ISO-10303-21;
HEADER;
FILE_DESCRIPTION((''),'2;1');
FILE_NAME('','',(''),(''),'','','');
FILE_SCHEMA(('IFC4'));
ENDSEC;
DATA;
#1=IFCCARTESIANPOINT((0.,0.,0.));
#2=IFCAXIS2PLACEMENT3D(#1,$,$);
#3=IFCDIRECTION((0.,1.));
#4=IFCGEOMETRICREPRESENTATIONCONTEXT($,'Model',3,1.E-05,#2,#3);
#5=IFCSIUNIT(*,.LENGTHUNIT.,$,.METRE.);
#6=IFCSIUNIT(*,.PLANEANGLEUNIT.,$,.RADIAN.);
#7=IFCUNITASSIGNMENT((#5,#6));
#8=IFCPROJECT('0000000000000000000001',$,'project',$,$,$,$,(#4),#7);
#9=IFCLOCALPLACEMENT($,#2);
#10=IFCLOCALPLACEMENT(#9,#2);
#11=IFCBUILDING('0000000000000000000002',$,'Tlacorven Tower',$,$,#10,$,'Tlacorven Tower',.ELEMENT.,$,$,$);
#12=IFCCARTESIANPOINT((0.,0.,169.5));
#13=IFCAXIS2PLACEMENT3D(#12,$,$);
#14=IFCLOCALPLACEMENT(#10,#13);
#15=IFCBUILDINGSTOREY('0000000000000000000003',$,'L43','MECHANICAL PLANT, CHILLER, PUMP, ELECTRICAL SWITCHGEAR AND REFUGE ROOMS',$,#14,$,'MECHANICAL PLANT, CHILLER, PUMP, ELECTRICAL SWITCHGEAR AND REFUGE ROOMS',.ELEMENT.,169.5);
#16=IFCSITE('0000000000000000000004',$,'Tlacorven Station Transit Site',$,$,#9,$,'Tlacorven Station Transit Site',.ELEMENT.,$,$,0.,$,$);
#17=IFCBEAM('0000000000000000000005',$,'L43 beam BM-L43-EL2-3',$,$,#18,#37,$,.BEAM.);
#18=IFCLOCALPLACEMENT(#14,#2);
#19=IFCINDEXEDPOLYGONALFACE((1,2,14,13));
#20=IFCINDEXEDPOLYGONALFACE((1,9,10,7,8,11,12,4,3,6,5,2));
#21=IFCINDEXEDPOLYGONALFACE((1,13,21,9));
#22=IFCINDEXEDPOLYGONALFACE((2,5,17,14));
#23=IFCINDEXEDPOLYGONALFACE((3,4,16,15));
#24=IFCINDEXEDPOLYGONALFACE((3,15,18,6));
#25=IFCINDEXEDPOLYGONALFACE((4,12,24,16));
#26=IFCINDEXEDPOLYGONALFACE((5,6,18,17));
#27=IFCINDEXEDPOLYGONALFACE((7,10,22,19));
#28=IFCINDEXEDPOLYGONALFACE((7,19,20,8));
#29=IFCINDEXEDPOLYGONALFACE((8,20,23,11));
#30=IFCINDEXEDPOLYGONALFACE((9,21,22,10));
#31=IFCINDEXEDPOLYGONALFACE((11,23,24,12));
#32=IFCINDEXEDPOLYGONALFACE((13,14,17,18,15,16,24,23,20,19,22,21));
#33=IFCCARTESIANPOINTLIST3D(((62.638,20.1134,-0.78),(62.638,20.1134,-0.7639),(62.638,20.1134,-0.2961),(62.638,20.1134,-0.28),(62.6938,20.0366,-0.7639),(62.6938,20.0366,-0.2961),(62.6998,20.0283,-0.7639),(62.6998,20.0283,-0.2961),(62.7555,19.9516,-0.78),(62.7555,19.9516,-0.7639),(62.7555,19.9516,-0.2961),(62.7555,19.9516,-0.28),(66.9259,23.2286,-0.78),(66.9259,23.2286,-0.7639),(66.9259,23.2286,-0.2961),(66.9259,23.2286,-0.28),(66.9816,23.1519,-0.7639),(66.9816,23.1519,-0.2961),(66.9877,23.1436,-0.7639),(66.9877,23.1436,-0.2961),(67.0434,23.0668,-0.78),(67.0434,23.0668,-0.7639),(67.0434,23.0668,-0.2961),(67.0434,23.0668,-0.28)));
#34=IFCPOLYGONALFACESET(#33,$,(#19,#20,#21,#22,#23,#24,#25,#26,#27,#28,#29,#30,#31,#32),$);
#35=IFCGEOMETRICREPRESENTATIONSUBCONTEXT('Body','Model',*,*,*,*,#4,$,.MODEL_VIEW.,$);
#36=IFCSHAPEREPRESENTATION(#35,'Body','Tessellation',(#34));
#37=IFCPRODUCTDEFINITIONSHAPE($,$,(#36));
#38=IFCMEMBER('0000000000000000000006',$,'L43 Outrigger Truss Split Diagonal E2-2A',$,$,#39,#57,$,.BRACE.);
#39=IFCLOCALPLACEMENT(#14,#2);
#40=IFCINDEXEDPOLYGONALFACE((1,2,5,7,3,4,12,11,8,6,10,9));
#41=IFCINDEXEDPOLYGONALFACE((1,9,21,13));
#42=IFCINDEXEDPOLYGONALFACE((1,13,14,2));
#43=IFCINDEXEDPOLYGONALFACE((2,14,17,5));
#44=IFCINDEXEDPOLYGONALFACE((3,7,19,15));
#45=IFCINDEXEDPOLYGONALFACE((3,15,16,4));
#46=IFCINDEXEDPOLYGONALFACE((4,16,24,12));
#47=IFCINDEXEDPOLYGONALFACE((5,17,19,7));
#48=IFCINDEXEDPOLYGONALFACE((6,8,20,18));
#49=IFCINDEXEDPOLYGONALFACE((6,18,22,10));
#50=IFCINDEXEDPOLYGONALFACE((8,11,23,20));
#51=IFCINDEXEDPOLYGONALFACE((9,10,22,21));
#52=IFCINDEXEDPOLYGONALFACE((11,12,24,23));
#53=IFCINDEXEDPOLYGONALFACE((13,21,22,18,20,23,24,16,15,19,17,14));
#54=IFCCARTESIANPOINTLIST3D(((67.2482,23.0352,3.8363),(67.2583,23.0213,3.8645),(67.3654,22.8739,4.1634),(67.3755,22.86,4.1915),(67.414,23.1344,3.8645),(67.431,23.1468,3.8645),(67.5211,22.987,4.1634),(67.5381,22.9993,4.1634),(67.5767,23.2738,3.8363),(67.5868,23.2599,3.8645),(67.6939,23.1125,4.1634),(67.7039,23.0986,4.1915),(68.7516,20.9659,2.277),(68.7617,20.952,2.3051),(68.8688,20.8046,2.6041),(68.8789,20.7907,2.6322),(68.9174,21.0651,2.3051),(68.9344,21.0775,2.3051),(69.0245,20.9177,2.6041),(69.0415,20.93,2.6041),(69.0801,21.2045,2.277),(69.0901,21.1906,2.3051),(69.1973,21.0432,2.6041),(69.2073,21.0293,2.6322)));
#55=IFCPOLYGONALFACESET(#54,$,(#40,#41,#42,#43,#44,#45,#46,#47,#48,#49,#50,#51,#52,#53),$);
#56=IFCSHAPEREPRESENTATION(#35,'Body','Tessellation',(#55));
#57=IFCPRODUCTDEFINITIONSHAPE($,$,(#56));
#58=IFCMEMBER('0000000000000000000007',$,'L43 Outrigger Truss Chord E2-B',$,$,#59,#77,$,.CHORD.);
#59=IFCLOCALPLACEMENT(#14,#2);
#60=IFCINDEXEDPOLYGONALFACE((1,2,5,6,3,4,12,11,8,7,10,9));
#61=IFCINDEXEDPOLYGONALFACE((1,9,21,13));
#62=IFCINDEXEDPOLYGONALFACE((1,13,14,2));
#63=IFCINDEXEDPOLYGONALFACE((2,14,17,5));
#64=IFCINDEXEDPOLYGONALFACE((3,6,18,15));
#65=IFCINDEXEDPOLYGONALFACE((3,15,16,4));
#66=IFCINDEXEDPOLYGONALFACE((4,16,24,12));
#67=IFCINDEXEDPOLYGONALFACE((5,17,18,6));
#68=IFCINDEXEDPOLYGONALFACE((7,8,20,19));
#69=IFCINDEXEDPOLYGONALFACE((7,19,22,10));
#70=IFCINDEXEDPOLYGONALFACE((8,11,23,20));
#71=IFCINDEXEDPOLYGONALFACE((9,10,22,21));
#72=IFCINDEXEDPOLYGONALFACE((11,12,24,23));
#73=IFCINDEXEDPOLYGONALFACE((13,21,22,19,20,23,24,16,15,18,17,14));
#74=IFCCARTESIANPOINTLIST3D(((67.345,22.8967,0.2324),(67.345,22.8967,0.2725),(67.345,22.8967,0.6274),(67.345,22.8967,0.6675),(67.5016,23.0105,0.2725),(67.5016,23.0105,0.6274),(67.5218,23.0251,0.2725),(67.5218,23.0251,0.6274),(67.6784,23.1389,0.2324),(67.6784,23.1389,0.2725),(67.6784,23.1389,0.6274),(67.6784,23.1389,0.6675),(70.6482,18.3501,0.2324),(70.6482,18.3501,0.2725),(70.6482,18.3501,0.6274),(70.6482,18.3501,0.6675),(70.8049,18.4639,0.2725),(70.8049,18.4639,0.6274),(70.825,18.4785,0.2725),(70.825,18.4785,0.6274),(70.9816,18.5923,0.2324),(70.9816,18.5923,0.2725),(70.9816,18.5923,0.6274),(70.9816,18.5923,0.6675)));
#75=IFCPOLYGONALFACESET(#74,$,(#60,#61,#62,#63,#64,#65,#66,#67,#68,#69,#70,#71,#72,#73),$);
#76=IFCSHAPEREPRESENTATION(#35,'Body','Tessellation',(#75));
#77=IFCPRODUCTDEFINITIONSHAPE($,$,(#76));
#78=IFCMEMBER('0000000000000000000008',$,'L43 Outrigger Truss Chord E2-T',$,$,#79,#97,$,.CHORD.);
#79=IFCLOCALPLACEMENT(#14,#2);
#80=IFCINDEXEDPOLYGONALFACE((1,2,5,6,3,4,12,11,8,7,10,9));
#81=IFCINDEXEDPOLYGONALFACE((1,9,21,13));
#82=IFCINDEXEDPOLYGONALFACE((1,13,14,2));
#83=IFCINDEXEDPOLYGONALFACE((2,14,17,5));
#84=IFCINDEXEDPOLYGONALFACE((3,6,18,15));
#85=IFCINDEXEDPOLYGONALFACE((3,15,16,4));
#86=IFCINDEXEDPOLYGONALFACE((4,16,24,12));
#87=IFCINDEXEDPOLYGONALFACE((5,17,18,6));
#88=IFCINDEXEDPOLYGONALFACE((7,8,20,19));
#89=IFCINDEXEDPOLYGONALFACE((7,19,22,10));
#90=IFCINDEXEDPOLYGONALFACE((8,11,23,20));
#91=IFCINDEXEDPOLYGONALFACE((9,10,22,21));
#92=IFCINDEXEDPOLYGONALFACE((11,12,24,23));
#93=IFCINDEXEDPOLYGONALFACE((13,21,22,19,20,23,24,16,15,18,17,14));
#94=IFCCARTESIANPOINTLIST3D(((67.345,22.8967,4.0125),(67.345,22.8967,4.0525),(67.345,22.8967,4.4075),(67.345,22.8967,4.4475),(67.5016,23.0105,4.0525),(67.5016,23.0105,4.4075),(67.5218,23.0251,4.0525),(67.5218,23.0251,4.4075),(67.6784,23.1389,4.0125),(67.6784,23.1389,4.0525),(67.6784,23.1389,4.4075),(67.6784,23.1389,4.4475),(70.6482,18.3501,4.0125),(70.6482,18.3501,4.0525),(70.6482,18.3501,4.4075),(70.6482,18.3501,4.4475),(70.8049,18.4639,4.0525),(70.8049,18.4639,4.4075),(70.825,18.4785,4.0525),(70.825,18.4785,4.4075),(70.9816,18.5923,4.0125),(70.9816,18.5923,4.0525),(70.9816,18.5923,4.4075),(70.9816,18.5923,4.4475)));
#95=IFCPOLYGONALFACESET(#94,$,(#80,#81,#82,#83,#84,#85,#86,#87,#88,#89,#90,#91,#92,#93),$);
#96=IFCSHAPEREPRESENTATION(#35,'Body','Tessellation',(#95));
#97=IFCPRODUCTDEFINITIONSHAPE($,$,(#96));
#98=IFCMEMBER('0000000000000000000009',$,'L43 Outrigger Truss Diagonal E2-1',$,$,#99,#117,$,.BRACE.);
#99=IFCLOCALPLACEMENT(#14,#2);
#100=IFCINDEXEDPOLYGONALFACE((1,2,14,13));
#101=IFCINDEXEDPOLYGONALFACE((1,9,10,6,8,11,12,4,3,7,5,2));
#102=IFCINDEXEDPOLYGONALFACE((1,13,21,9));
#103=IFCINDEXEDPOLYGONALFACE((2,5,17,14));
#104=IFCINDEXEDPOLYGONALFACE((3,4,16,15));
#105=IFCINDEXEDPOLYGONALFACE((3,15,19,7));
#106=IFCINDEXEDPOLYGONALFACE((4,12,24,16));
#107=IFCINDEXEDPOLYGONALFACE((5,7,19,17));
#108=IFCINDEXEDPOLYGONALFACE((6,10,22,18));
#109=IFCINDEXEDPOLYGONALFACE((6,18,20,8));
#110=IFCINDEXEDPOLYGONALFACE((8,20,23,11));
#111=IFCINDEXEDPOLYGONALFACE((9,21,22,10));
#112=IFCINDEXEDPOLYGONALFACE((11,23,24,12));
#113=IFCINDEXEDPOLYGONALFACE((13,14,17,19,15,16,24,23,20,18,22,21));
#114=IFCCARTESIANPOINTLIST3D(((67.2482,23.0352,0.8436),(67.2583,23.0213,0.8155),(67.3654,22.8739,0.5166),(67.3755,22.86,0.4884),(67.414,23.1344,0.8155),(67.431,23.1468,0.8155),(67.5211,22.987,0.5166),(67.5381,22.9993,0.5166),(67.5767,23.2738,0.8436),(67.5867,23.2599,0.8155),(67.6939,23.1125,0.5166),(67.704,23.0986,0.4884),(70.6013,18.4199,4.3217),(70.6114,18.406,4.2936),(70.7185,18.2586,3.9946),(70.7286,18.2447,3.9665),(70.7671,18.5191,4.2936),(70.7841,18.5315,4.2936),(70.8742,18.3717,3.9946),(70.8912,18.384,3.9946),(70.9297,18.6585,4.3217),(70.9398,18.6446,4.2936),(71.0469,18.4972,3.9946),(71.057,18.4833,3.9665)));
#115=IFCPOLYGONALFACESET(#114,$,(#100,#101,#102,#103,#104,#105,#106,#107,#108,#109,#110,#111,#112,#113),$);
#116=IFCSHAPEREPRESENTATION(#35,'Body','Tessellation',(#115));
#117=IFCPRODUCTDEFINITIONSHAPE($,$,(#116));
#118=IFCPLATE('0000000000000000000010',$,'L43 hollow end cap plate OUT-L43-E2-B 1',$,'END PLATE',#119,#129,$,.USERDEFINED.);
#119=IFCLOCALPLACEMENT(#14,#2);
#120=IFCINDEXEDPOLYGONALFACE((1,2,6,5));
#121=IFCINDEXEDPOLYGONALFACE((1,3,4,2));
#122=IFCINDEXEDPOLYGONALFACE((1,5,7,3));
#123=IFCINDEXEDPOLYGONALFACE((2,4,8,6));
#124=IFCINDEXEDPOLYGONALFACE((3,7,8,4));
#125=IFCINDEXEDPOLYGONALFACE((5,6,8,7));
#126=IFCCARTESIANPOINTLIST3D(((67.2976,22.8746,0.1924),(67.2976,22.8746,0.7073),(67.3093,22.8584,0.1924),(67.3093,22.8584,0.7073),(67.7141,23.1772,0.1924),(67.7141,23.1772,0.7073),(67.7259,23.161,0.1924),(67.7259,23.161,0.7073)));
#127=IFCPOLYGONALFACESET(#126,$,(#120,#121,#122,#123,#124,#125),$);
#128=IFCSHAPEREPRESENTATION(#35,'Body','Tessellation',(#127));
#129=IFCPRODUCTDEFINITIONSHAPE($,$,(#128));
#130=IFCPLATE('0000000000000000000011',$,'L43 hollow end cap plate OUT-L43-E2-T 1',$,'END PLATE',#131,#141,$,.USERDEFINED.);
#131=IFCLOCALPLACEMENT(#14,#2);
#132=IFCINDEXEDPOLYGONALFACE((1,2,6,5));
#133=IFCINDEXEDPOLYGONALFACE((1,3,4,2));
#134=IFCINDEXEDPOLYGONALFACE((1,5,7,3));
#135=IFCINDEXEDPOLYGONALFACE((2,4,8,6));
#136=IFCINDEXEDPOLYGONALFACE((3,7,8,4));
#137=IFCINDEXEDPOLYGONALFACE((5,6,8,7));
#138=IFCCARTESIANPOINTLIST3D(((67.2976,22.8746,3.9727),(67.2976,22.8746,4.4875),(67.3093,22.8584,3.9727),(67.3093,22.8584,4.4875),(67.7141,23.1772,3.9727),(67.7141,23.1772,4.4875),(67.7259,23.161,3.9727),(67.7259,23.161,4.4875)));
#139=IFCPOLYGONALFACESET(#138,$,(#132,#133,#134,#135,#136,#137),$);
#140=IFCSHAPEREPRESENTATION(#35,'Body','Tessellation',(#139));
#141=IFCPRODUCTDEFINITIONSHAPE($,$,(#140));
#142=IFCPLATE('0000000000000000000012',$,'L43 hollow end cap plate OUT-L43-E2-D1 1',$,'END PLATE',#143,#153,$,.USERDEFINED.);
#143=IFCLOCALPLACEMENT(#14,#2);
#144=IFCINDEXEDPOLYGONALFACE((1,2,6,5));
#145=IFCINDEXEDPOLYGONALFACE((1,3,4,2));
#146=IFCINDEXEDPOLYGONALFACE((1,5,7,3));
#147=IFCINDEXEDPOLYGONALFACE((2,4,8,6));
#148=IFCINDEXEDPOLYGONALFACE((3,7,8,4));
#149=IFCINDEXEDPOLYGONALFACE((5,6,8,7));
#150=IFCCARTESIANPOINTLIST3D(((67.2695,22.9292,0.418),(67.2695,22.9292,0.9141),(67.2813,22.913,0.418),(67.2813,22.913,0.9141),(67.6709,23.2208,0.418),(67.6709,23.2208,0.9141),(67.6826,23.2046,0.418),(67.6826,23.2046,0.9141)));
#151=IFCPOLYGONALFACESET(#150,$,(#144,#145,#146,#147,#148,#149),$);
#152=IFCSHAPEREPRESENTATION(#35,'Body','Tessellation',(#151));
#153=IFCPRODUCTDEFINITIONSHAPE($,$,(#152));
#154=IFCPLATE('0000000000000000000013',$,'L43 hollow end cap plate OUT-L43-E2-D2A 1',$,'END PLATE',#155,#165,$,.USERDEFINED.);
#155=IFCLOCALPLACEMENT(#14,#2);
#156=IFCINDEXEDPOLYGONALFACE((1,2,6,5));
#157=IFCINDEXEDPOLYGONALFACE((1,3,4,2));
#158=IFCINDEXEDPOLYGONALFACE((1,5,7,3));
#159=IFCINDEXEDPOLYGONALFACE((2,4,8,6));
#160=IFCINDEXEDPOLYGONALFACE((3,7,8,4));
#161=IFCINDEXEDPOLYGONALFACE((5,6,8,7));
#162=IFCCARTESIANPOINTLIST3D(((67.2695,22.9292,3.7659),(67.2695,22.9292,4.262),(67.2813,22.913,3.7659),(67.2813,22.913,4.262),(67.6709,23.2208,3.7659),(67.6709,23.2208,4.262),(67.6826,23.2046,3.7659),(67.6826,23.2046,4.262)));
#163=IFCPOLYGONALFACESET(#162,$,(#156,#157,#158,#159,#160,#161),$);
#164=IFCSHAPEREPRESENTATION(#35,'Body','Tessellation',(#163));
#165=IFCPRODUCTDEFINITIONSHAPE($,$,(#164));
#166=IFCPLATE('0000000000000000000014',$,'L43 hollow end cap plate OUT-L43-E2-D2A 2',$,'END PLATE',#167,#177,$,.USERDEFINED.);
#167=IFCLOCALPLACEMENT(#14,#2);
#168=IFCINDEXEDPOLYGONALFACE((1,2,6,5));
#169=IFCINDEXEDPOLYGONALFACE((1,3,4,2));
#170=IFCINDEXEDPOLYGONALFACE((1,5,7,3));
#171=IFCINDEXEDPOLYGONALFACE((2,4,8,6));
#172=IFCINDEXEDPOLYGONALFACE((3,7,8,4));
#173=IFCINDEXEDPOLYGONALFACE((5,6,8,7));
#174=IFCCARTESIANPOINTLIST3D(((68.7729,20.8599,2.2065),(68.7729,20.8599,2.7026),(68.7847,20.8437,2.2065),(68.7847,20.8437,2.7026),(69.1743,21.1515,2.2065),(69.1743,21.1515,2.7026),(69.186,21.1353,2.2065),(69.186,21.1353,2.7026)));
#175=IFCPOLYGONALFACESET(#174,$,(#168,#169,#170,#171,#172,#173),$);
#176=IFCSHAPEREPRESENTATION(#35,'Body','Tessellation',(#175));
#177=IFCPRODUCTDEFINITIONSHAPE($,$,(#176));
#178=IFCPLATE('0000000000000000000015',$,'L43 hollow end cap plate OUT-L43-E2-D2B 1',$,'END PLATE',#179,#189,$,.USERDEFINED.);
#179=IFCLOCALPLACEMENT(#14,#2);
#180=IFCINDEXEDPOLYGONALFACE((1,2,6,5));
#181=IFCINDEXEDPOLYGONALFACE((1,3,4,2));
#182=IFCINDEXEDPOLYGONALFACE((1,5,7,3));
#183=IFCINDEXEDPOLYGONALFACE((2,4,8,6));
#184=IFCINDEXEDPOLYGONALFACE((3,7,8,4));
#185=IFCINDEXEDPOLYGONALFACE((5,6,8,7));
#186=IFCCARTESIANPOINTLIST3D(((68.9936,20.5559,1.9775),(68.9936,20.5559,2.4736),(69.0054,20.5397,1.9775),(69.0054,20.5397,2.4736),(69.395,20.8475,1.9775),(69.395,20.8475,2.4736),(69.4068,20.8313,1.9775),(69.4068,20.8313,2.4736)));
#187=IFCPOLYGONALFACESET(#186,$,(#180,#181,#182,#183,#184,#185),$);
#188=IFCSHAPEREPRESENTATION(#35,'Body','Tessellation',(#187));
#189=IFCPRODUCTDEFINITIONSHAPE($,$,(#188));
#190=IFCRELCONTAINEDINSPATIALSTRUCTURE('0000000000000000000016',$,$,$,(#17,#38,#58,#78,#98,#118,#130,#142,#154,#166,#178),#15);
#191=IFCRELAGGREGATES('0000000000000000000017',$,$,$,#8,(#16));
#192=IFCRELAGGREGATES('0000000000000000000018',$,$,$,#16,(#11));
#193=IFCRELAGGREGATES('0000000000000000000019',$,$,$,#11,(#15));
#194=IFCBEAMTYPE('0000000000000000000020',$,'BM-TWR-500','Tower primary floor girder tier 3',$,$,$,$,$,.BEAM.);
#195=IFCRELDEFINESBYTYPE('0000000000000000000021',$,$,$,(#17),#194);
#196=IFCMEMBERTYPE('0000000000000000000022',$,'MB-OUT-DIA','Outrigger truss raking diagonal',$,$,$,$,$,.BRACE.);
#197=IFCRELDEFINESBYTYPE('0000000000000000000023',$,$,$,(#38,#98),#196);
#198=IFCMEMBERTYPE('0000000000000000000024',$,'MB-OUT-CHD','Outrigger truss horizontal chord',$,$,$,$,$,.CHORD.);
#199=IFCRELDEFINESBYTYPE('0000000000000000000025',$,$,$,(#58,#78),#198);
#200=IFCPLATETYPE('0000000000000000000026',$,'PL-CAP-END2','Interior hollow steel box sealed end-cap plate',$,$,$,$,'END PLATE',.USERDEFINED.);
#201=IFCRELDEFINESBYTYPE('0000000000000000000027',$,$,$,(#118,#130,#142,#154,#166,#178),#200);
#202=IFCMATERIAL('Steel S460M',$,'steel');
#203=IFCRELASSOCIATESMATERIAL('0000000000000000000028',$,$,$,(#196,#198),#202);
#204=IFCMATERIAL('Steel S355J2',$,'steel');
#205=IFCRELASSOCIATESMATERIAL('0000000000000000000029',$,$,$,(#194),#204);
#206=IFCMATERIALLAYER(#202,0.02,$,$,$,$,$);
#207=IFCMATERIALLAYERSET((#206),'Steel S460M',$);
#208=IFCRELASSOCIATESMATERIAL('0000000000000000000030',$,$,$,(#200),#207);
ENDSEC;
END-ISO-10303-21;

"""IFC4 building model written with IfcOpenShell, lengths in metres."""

from ifc_helpers import new_model, si_unit, direction, frame, origin, origin_2d, place, context, subcontext, project, spatial, rectangle, i_section, extrude, source, transform, mapped, material, layer, layer_set, material_profile, profile_set, type_object, element, save


model = new_model("IFC4")

# Units and contexts
model_context = context("Model", 3, precision=1e-05, world=origin(), true_north=direction((0.0, 1.0)))
body_context = subcontext(model_context, "Body", "Model", "MODEL_VIEW")
ifc_project = project(units=[si_unit("LENGTHUNIT", "METRE"), si_unit("PLANEANGLEUNIT", "RADIAN")], contexts=[model_context])

# Site, building, storey
site_placement = place(None, origin())
site = spatial("IfcSite", under=ifc_project, at=site_placement, Name="Tlacorven Station Transit Site", LongName="Tlacorven Station Transit Site", CompositionType="ELEMENT", RefElevation=0.0)
building_placement = place(site_placement, origin())
building = spatial("IfcBuilding", under=site, at=building_placement, Name="Tlacorven Tower", LongName="Tlacorven Tower", CompositionType="ELEMENT")
storey_placement = place(building_placement, frame((0.0, 0.0, 169.5)))
storey = spatial("IfcBuildingStorey", under=building, at=storey_placement, Name="L43", Description="MECHANICAL PLANT, CHILLER, PUMP, ELECTRICAL SWITCHGEAR AND REFUGE ROOMS", LongName="MECHANICAL PLANT, CHILLER, PUMP, ELECTRICAL SWITCHGEAR AND REFUGE ROOMS", CompositionType="ELEMENT", Elevation=169.5)

# Shared definitions
ifc_material_1 = material(Name="Steel S460M", Category="steel")

# Shared definitions
ifc_material_profile_1 = material_profile(ifc_material_1, i_section(OverallWidth=0.406, OverallDepth=0.416, WebThickness=0.021, FlangeThickness=0.033, at=origin_2d()), Name="HD 400X382")
ifc_profile_set_1 = profile_set([ifc_material_profile_1], Name="Steel S460M")
member_type_1 = type_object("IfcMemberType", Name="MB-OUT-DIA", Description="Outrigger truss raking diagonal", PredefinedType="BRACE", material=ifc_profile_set_1)

# Beam
ifc_material_2 = material(Name="Steel S355J2", Category="steel")
ifc_material_profile_2 = material_profile(ifc_material_2, i_section(OverallWidth=0.2, OverallDepth=0.5, WebThickness=0.0103, FlangeThickness=0.0161, at=origin_2d()), Name="IPE 500")
ifc_profile_set_2 = profile_set([ifc_material_profile_2], Name="Steel S355J2")
beam_type_1 = type_object("IfcBeamType", Name="BM-TWR-500", Description="Tower primary floor girder tier 3", PredefinedType="BEAM", material=ifc_profile_set_2)
shared_shape_1 = source(origin(), body_context, "Body", "SweptSolid", [
    extrude(i_section(OverallWidth=0.2, OverallDepth=0.5, WebThickness=0.0103, FlangeThickness=0.0161, at=origin_2d()), origin(), (0.0, 0.0, 1.0), 5.3),
])
beam_1_placement = place(storey_placement, frame((62.6968, 20.0325, -0.53), z_axis=(0.809023, 0.587777, 0.0), x_axis=(-0.587777, 0.809023, 0.0)))
element("IfcBeam", 1, at=beam_1_placement, inside=storey, type_object=beam_type_1, Name="L43 beam BM-L43-EL2-3", PredefinedType="BEAM", context=body_context, shape_type="MappedRepresentation", body=[
    mapped(shared_shape_1, transform((0.0, 0.0, 0.0), scale=1.0)),
])

# Members
shared_shape_2 = source(origin(), body_context, "Body", "SweptSolid", [
    extrude(i_section(OverallWidth=0.406, OverallDepth=0.416, WebThickness=0.021, FlangeThickness=0.033, at=origin_2d()), origin(), (0.0, 0.0, 1.0), 2.9956),
])
member_1_placement = place(storey_placement, frame((67.4761, 23.0669, 4.0139), z_axis=(0.501867, -0.69078, -0.52053), x_axis=(0.809025, 0.587774, 0.0)))
element("IfcMember", 2, at=member_1_placement, inside=storey, type_object=member_type_1, Name="L43 Outrigger Truss Split Diagonal E2-2A", PredefinedType="BRACE", context=body_context, shape_type="MappedRepresentation", body=[
    mapped(shared_shape_2, transform((0.0, 0.0, 0.0), scale=1.0)),
])
ifc_material_profile_3 = material_profile(ifc_material_1, i_section(OverallWidth=0.4121, OverallDepth=0.4351, WebThickness=0.0249, FlangeThickness=0.04, at=origin_2d()), Name="HD 400X463")
ifc_profile_set_3 = profile_set([ifc_material_profile_3], Name="Steel S460M")
member_type_2 = type_object("IfcMemberType", Name="MB-OUT-CHD", Description="Outrigger truss horizontal chord", PredefinedType="CHORD", material=ifc_profile_set_3)
shared_shape_3 = source(origin(), body_context, "Body", "SweptSolid", [
    extrude(i_section(OverallWidth=0.4121, OverallDepth=0.4351, WebThickness=0.0249, FlangeThickness=0.04, at=origin_2d()), origin(), (0.0, 0.0, 1.0), 5.6199),
])
for number, where, z_axis, x_axis, name in (
    (3, (67.5117, 23.0178, 0.45), (0.587774, -0.809025, 0.0), (0.809025, 0.587774, 0.0), "L43 Outrigger Truss Chord E2-B"),
    (4, (67.5117, 23.0178, 4.23), (0.587774, -0.809025, 0.0), (0.809025, 0.587774, 0.0), "L43 Outrigger Truss Chord E2-T"),
):
    element("IfcMember", number, at=place(storey_placement, frame(where, z_axis=z_axis, x_axis=x_axis)), inside=storey, type_object=member_type_2, Name=name, PredefinedType="CHORD", context=body_context, shape_type="MappedRepresentation", body=[
        mapped(shared_shape_3, transform((0.0, 0.0, 0.0), scale=1.0)),
    ])
shared_shape_4 = source(origin(), body_context, "Body", "SweptSolid", [
    extrude(i_section(OverallWidth=0.406, OverallDepth=0.416, WebThickness=0.021, FlangeThickness=0.033, at=origin_2d()), origin(), (0.0, 0.0, 1.0), 6.6814),
])
member_2_placement = place(storey_placement, frame((67.4761, 23.0669, 0.666), z_axis=(0.501852, -0.690768, 0.520561), x_axis=(0.809028, 0.58777, 0.0)))
element("IfcMember", 5, at=member_2_placement, inside=storey, type_object=member_type_1, Name="L43 Outrigger Truss Diagonal E2-1", PredefinedType="BRACE", context=body_context, shape_type="MappedRepresentation", body=[
    mapped(shared_shape_4, transform((0.0, 0.0, 0.0), scale=1.0)),
])

# Plates
ifc_layer_1 = layer(ifc_material_1, 0.02)
ifc_layer_set_1 = layer_set([ifc_layer_1], Name="Steel S460M")
plate_type_1 = type_object("IfcPlateType", Name="PL-CAP-END2", Description="Interior hollow steel box sealed end-cap plate", ElementType="END PLATE", PredefinedType="USERDEFINED", material=ifc_layer_set_1)
shared_shape_5 = source(origin(), body_context, "Body", "SweptSolid", [
    extrude(rectangle(XDim=0.02, YDim=0.5149, at=origin_2d()), origin(), (0.0, 0.0, 1.0), 0.5149),
])
for number, where, z_axis, x_axis, name in (
    (6, (67.5117, 23.0178, 0.1924), (0.0, 0.0, 1.0), (0.587785, -0.809017, 0.0), "L43 hollow end cap plate OUT-L43-E2-B 1"),
    (7, (67.5117, 23.0178, 3.9727), (0.0, 0.0, 1.0), (0.587785, -0.809017, 0.0), "L43 hollow end cap plate OUT-L43-E2-T 1"),
):
    element("IfcPlate", number, at=place(storey_placement, frame(where, z_axis=z_axis, x_axis=x_axis)), inside=storey, type_object=plate_type_1, Name=name, ObjectType="END PLATE", PredefinedType="USERDEFINED", context=body_context, shape_type="MappedRepresentation", body=[
        mapped(shared_shape_5, transform((0.0, 0.0, 0.0), scale=1.0)),
    ])
shared_shape_6 = source(origin(), body_context, "Body", "SweptSolid", [
    extrude(rectangle(XDim=0.02, YDim=0.4961, at=origin_2d()), origin(), (0.0, 0.0, 1.0), 0.4961),
])
for number, where, z_axis, x_axis, name in (
    (8, (67.4761, 23.0669, 0.418), (0.0, 0.0, 1.0), (0.587785, -0.809017, 0.0), "L43 hollow end cap plate OUT-L43-E2-D1 1"),
    (9, (67.4761, 23.0669, 3.7659), (0.0, 0.0, 1.0), (0.587785, -0.809017, 0.0), "L43 hollow end cap plate OUT-L43-E2-D2A 1"),
    (10, (68.9795, 20.9976, 2.2065), (0.0, 0.0, 1.0), (0.587785, -0.809017, 0.0), "L43 hollow end cap plate OUT-L43-E2-D2A 2"),
    (11, (69.2002, 20.6936, 1.9775), (0.0, 0.0, 1.0), (0.587785, -0.809017, 0.0), "L43 hollow end cap plate OUT-L43-E2-D2B 1"),
):
    element("IfcPlate", number, at=place(storey_placement, frame(where, z_axis=z_axis, x_axis=x_axis)), inside=storey, type_object=plate_type_1, Name=name, ObjectType="END PLATE", PredefinedType="USERDEFINED", context=body_context, shape_type="MappedRepresentation", body=[
        mapped(shared_shape_6, transform((0.0, 0.0, 0.0), scale=1.0)),
    ])

save(model, "model.ifc")
